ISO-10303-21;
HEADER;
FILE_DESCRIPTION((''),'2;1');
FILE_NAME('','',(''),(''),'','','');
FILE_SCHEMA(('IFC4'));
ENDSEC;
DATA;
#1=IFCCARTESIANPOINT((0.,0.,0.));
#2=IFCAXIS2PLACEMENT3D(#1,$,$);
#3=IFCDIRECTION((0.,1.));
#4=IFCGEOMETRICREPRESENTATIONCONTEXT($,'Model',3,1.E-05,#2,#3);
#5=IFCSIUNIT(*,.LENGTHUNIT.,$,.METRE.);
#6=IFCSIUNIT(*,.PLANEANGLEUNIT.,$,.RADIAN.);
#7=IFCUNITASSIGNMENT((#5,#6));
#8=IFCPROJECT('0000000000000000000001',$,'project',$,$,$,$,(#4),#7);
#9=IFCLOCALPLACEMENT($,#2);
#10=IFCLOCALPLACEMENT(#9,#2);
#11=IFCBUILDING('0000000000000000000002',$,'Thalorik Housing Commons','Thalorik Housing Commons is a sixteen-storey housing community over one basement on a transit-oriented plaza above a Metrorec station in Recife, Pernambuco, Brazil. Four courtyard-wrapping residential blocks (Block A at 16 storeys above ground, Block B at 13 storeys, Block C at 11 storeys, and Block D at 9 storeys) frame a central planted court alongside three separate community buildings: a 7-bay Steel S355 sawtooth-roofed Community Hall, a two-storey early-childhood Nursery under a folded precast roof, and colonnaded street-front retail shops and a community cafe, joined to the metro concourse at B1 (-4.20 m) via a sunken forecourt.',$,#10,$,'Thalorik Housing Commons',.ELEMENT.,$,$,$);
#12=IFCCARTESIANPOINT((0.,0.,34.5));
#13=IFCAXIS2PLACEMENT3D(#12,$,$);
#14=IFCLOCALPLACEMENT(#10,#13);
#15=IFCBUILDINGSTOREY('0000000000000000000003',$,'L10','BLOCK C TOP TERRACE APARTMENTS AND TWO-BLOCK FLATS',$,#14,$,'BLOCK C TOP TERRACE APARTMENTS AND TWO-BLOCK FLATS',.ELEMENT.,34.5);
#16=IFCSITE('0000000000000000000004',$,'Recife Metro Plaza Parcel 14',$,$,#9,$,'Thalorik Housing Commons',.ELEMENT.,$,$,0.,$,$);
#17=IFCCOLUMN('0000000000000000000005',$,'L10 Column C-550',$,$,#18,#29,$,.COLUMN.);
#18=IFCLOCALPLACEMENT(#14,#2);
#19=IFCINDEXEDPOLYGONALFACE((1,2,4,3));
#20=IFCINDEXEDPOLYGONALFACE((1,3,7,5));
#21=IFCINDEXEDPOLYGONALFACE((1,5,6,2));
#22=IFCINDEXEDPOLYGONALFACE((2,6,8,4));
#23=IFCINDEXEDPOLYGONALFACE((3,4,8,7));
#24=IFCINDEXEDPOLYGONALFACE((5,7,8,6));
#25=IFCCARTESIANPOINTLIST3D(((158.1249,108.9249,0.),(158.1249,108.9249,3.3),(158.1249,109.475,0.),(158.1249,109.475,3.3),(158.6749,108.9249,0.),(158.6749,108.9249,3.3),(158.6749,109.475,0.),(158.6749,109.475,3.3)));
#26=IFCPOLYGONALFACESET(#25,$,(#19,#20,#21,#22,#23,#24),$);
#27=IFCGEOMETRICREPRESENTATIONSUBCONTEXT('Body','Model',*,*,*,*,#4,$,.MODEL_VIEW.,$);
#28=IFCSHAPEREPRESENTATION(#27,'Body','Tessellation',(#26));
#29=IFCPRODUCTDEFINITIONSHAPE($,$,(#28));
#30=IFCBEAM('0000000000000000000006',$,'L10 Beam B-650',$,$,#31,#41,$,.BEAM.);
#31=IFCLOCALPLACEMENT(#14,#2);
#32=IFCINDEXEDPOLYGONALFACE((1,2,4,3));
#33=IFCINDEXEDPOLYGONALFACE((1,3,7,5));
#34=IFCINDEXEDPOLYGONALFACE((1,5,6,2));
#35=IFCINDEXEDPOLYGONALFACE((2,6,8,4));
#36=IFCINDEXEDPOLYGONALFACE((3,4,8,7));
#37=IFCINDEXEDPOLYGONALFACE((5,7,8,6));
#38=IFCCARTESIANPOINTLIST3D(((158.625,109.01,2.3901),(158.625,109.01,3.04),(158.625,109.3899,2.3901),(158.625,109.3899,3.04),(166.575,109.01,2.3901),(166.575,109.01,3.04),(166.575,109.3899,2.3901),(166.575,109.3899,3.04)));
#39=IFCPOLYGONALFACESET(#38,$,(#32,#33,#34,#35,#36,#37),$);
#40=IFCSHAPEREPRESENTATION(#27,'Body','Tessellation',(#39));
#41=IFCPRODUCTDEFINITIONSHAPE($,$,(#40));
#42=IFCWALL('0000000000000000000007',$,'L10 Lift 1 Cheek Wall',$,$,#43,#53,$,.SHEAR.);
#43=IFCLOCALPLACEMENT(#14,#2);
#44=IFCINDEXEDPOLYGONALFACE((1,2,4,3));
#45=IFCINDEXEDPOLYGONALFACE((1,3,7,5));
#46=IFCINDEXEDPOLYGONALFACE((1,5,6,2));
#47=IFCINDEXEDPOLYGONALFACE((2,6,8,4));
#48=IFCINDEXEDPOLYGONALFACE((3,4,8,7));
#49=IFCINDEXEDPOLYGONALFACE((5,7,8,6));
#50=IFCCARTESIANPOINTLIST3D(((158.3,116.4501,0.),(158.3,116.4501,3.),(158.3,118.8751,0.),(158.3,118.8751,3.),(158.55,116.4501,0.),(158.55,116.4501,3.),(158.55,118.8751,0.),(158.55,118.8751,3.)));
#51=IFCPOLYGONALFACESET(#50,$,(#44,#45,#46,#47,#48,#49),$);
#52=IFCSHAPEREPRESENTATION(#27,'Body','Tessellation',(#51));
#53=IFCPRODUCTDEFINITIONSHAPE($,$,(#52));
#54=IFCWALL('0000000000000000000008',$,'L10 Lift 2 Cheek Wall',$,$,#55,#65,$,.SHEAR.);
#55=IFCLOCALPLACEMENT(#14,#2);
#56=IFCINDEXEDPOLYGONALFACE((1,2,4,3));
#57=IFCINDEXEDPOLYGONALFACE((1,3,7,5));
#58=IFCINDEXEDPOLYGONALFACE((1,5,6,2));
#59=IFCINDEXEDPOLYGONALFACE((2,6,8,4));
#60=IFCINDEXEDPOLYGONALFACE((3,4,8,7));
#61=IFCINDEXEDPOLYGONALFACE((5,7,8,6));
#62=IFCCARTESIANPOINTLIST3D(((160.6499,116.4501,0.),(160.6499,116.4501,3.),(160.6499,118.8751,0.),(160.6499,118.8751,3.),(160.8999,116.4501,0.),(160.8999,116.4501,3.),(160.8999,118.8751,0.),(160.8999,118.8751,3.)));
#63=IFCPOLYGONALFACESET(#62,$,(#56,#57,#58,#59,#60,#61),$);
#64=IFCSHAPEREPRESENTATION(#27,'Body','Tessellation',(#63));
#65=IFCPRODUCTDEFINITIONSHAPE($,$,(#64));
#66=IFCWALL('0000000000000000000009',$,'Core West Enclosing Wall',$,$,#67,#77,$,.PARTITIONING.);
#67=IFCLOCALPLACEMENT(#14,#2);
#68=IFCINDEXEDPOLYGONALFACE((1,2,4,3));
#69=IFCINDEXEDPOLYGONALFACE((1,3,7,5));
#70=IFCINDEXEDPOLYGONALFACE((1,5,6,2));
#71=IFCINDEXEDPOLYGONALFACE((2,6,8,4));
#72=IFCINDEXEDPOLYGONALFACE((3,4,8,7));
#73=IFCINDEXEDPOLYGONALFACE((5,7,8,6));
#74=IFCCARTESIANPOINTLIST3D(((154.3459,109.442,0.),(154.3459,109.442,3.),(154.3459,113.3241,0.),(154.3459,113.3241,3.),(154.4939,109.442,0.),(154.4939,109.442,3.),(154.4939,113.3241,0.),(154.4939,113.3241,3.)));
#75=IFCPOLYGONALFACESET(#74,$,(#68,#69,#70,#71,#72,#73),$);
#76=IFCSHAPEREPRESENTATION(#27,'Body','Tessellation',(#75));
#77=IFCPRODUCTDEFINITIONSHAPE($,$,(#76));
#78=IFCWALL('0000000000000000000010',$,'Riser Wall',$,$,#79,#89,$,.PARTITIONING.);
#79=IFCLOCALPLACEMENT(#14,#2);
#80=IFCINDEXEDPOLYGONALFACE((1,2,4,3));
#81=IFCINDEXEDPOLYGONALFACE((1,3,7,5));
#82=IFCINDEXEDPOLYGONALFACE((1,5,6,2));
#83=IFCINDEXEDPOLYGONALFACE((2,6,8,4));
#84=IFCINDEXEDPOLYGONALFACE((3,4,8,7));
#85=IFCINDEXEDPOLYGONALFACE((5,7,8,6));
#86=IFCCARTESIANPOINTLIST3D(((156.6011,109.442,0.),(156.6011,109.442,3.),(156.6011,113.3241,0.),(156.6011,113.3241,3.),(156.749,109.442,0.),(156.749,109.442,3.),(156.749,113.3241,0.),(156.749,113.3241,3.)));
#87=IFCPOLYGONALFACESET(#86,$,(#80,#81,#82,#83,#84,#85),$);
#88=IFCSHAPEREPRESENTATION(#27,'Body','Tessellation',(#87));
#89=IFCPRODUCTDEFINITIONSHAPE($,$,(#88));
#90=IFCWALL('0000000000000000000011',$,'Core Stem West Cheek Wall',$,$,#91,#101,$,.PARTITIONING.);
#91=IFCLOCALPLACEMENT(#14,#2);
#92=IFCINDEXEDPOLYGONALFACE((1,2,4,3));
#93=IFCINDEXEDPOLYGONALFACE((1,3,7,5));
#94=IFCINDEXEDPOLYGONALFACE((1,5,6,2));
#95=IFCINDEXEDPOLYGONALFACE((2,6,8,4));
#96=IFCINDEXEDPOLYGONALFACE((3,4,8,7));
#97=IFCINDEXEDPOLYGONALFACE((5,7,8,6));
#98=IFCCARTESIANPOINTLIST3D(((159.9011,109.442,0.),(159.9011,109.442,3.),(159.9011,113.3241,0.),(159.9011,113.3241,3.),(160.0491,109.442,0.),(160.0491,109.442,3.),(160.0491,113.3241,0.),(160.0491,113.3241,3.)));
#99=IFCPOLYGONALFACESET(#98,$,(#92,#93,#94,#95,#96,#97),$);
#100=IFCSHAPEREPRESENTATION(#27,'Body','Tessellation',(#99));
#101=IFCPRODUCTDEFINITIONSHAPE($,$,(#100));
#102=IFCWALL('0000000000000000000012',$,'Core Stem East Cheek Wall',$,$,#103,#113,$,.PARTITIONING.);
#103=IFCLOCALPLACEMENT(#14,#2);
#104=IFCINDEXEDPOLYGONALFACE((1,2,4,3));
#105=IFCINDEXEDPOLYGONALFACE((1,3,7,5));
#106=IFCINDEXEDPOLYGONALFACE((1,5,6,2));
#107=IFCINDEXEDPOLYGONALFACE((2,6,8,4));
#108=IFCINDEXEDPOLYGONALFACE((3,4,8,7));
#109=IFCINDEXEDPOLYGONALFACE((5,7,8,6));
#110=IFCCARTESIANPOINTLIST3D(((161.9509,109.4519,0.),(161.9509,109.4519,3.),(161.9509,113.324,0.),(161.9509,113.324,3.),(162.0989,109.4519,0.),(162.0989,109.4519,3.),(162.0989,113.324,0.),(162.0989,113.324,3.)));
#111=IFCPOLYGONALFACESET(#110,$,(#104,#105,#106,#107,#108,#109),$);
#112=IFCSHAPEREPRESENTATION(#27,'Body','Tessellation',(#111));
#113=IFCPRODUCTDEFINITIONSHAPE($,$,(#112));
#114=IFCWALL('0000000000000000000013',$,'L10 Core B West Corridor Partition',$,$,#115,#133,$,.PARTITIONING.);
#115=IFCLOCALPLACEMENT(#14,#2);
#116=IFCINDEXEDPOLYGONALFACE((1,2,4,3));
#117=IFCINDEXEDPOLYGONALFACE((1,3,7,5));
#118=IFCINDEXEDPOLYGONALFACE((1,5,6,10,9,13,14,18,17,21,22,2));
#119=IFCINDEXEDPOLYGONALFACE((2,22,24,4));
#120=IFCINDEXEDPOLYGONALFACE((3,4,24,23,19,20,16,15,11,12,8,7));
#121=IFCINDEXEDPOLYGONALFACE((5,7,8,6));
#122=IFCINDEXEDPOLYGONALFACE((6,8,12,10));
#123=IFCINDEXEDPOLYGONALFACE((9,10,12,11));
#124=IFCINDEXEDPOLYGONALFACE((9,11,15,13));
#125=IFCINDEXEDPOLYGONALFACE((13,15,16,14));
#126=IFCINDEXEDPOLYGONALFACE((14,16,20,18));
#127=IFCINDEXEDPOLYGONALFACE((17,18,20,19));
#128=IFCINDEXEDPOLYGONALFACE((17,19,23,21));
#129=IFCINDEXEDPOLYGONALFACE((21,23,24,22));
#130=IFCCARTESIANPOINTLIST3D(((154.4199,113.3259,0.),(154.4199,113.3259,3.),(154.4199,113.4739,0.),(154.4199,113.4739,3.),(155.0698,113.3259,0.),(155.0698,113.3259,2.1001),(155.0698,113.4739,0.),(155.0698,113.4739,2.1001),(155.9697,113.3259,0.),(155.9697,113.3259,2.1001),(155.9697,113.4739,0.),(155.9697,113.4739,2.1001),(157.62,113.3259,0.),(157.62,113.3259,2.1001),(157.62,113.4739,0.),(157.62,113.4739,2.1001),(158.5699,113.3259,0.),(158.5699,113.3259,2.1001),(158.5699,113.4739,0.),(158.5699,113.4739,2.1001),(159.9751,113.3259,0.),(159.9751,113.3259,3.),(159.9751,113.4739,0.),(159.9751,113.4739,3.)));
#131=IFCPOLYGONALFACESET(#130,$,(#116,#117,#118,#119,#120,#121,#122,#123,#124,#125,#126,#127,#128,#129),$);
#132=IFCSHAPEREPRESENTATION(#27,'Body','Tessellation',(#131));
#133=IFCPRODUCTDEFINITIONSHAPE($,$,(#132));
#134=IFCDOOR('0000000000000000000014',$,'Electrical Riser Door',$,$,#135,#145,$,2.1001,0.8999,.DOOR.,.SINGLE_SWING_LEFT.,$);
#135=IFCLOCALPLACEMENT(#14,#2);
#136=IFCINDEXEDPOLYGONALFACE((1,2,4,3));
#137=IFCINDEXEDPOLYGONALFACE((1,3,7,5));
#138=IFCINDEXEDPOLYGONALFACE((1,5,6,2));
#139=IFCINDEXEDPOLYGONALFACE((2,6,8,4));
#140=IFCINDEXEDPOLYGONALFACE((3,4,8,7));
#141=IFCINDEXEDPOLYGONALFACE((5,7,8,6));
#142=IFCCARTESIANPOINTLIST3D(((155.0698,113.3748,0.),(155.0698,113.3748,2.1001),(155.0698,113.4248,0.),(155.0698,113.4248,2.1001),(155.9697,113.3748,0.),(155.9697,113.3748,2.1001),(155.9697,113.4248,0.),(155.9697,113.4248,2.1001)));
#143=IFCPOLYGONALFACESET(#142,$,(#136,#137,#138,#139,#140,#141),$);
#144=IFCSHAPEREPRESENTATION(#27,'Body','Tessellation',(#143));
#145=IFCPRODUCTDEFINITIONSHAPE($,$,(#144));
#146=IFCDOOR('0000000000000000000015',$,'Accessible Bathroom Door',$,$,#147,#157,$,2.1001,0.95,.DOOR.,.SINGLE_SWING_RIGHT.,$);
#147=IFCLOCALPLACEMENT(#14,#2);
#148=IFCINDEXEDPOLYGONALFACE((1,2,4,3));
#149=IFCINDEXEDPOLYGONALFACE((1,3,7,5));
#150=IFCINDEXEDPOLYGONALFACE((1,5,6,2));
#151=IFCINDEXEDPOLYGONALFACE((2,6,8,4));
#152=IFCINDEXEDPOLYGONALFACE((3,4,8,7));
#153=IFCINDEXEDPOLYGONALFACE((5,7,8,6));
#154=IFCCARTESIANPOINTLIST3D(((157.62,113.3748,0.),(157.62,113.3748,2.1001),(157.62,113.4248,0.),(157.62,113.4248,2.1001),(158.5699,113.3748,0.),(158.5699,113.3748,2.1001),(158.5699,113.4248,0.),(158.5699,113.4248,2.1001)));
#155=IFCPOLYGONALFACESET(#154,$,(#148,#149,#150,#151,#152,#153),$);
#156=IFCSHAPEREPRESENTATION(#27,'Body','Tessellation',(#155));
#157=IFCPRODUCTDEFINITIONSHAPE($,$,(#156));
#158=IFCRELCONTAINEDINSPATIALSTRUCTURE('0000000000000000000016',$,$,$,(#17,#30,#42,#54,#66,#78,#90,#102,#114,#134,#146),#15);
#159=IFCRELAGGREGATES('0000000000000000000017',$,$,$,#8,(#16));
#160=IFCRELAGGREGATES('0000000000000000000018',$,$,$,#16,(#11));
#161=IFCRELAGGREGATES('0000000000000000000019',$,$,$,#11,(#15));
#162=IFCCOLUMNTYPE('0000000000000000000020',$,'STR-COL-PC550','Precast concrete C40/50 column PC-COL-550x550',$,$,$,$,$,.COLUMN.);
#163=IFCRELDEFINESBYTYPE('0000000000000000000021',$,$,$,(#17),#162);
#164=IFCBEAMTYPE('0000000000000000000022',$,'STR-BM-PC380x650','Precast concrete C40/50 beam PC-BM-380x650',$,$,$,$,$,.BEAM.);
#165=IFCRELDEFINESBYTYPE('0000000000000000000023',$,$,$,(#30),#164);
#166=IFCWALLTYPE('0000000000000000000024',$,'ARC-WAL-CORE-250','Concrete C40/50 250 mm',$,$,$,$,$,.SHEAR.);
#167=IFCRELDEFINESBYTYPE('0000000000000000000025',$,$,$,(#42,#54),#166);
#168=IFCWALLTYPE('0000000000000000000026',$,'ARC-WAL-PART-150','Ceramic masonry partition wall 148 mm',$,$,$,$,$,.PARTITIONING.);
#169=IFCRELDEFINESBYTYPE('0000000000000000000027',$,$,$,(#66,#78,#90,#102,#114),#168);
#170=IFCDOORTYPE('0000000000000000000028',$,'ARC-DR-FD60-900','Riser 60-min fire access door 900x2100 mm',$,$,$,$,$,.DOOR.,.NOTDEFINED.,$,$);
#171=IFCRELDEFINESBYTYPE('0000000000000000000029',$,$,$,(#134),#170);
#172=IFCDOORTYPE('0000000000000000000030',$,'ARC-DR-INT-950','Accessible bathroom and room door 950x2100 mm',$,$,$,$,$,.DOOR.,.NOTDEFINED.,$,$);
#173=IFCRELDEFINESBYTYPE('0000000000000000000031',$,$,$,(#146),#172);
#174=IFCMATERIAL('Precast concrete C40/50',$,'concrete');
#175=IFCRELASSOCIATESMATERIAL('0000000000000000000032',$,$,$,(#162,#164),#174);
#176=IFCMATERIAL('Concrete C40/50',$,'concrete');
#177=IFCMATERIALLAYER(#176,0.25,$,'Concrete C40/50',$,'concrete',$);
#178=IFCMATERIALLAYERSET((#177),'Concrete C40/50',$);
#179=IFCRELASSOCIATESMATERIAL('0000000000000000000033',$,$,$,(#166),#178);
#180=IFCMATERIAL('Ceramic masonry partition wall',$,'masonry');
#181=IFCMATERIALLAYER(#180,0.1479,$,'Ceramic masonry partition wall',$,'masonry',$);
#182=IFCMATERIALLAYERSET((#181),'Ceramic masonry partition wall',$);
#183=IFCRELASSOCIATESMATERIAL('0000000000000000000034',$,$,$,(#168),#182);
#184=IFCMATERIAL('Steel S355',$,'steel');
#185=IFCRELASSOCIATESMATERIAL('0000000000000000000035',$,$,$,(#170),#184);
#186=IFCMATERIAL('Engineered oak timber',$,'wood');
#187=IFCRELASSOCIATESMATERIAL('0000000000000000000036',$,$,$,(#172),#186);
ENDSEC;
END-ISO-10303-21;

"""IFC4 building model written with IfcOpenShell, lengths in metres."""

from ifc_helpers import new_model, si_unit, direction, frame, frame_2d, origin, origin_2d, place, context, subcontext, project, spatial, rectangle, extrude, material, layer, layer_set, material_profile, profile_set, type_object, element, fill, save


model = new_model("IFC4")

# Units and contexts
model_context = context("Model", 3, precision=1e-05, world=origin(), true_north=direction((0.0, 1.0)))
body_context = subcontext(model_context, "Body", "Model", "MODEL_VIEW")
ifc_project = project(units=[si_unit("LENGTHUNIT", "METRE"), si_unit("PLANEANGLEUNIT", "RADIAN")], contexts=[model_context])

# Site, building, storey
site_placement = place(None, origin())
site = spatial("IfcSite", under=ifc_project, at=site_placement, Name="Recife Metro Plaza Parcel 14", LongName="Thalorik Housing Commons", CompositionType="ELEMENT", RefElevation=0.0)
building_placement = place(site_placement, origin())
building = spatial("IfcBuilding", under=site, at=building_placement, Name="Thalorik Housing Commons", Description="Thalorik Housing Commons is a sixteen-storey housing community over one basement on a transit-oriented plaza above a Metrorec station in Recife, Pernambuco, Brazil. Four courtyard-wrapping residential blocks (Block A at 16 storeys above ground, Block B at 13 storeys, Block C at 11 storeys, and Block D at 9 storeys) frame a central planted court alongside three separate community buildings: a 7-bay Steel S355 sawtooth-roofed Community Hall, a two-storey early-childhood Nursery under a folded precast roof, and colonnaded street-front retail shops and a community cafe, joined to the metro concourse at B1 (-4.20 m) via a sunken forecourt.", LongName="Thalorik Housing Commons", CompositionType="ELEMENT")
storey_placement = place(building_placement, frame((0.0, 0.0, 34.5)))
storey = spatial("IfcBuildingStorey", under=building, at=storey_placement, Name="L10", Description="BLOCK C TOP TERRACE APARTMENTS AND TWO-BLOCK FLATS", LongName="BLOCK C TOP TERRACE APARTMENTS AND TWO-BLOCK FLATS", CompositionType="ELEMENT", Elevation=34.5)

# Column
ifc_material_1 = material(Name="Precast concrete C40/50", Category="concrete")
ifc_material_profile_1 = material_profile(ifc_material_1, rectangle(XDim=0.55, YDim=0.55, at=origin_2d()), Name="PC 550x550", Category="concrete")
ifc_profile_set_1 = profile_set([ifc_material_profile_1], Name="Precast concrete C40/50")
column_type = type_object("IfcColumnType", Name="STR-COL-PC550", Description="Precast concrete C40/50 column PC-COL-550x550", PredefinedType="COLUMN", material=ifc_profile_set_1)
column_placement = place(storey_placement, frame((158.3999, 109.2, 0.0), z_axis=(0.0, 0.0, 1.0), x_axis=(1.0, 0.0, 0.0)))
element("IfcColumn", 1, at=column_placement, inside=storey, type_object=column_type, Name="L10 Column C-550", PredefinedType="COLUMN", context=body_context, shape_type="SweptSolid", body=[
    extrude(rectangle(XDim=0.55, YDim=0.55, at=origin_2d()), origin(), (0.0, 0.0, 1.0), 3.3),
])

# Beam
ifc_material_profile_2 = material_profile(ifc_material_1, rectangle(XDim=0.3799, YDim=0.6499, at=origin_2d()), Name="PC 380x650", Category="concrete")
ifc_profile_set_2 = profile_set([ifc_material_profile_2], Name="Precast concrete C40/50")
beam_type = type_object("IfcBeamType", Name="STR-BM-PC380x650", Description="Precast concrete C40/50 beam PC-BM-380x650", PredefinedType="BEAM", material=ifc_profile_set_2)
beam_placement = place(storey_placement, frame((158.625, 109.2, 2.7151), z_axis=(1.0, 0.0, 0.0), x_axis=(0.0, 1.0, 0.0)))
element("IfcBeam", 2, at=beam_placement, inside=storey, type_object=beam_type, Name="L10 Beam B-650", PredefinedType="BEAM", context=body_context, shape_type="SweptSolid", body=[
    extrude(rectangle(XDim=0.3799, YDim=0.6499, at=origin_2d()), origin(), (0.0, 0.0, 1.0), 7.95),
])

# Shared definitions
ifc_material_2 = material(Name="Concrete C40/50", Category="concrete")
ifc_layer_1 = layer(ifc_material_2, 0.25, Name="Concrete C40/50", Category="concrete")
ifc_layer_set_1 = layer_set([ifc_layer_1], Name="Concrete C40/50")
wall_type_1 = type_object("IfcWallType", Name="ARC-WAL-CORE-250", Description="Concrete C40/50 250 mm", PredefinedType="SHEAR", material=ifc_layer_set_1)
ifc_material_3 = material(Name="Steel S355", Category="steel")

# Walls
for number, where, z_axis, x_axis, name in (
    (3, (158.425, 118.875, 0.0), (0.0, 0.0, 1.0), (0.0, -1.0, 0.0), "L10 Lift 1 Cheek Wall"),
    (4, (160.7749, 118.875, 0.0), (0.0, 0.0, 1.0), (0.0, -1.0, 0.0), "L10 Lift 2 Cheek Wall"),
):
    element("IfcWall", number, at=place(storey_placement, frame(where, z_axis=z_axis, x_axis=x_axis)), inside=storey, type_object=wall_type_1, Name=name, PredefinedType="SHEAR", context=body_context, shape_type="SweptSolid", body=[
        extrude(rectangle(XDim=2.425, YDim=0.25, at=frame_2d((1.2124, 0.0))), origin(), (0.0, 0.0, 1.0), 3.0),
    ])
ifc_material_4 = material(Name="Ceramic masonry partition wall", Category="masonry")
ifc_layer_2 = layer(ifc_material_4, 0.1479, Name="Ceramic masonry partition wall", Category="masonry")
ifc_layer_set_2 = layer_set([ifc_layer_2], Name="Ceramic masonry partition wall")
wall_type_2 = type_object("IfcWallType", Name="ARC-WAL-PART-150", Description="Ceramic masonry partition wall 148 mm", PredefinedType="PARTITIONING", material=ifc_layer_set_2)
for number, where, z_axis, x_axis, name in (
    (5, (154.4199, 113.324, 0.0), (0.0, 0.0, 1.0), (0.0, -1.0, 0.0), "Core West Enclosing Wall"),
    (6, (156.675, 113.324, 0.0), (0.0, 0.0, 1.0), (0.0, -1.0, 0.0), "Riser Wall"),
    (7, (159.9751, 113.324, 0.0), (0.0, 0.0, 1.0), (0.0, -1.0, 0.0), "Core Stem West Cheek Wall"),
):
    element("IfcWall", number, at=place(storey_placement, frame(where, z_axis=z_axis, x_axis=x_axis)), inside=storey, type_object=wall_type_2, Name=name, PredefinedType="PARTITIONING", context=body_context, shape_type="SweptSolid", body=[
        extrude(rectangle(XDim=3.8821, YDim=0.1479, at=frame_2d((1.9409, 0.0))), origin(), (0.0, 0.0, 1.0), 3.0),
    ])
wall_1_placement = place(storey_placement, frame((162.0249, 113.324, 0.0), z_axis=(0.0, 0.0, 1.0), x_axis=(0.0, -1.0, 0.0)))
element("IfcWall", 8, at=wall_1_placement, inside=storey, type_object=wall_type_2, Name="Core Stem East Cheek Wall", PredefinedType="PARTITIONING", context=body_context, shape_type="SweptSolid", body=[
    extrude(rectangle(XDim=3.8721, YDim=0.1479, at=frame_2d((1.936, 0.0))), origin(), (0.0, 0.0, 1.0), 3.0),
])

# Wall, openings, doors
wall_2_placement = place(storey_placement, frame((154.4199, 113.3999, 0.0), z_axis=(0.0, 0.0, 1.0), x_axis=(1.0, 0.0, 0.0)))
wall_2 = element("IfcWall", 9, at=wall_2_placement, inside=storey, type_object=wall_type_2, Name="L10 Core B West Corridor Partition", PredefinedType="PARTITIONING", context=body_context, shape_type="SweptSolid", body=[
    extrude(rectangle(XDim=5.5552, YDim=0.1479, at=frame_2d((2.7776, 0.0))), origin(), (0.0, 0.0, 1.0), 3.0),
])
opening_1_placement = place(wall_2_placement, frame((0.6499, 0.0, 0.0)))
opening_1 = element("IfcOpeningElement", 10, at=opening_1_placement, cuts=wall_2, PredefinedType="OPENING", context=body_context, shape_type="SweptSolid", body=[
    extrude(rectangle(XDim=0.8999, YDim=2.1001, at=frame_2d((0.45, 1.05))), frame((0.0, 0.084, 0.0), z_axis=(0.0, -1.0, 0.0), x_axis=(1.0, 0.0, 0.0)), (0.0, 0.0, 1.0), 0.168),
])
opening_2_placement = place(wall_2_placement, frame((3.2, 0.0, 0.0)))
opening_2 = element("IfcOpeningElement", 11, at=opening_2_placement, cuts=wall_2, PredefinedType="OPENING", context=body_context, shape_type="SweptSolid", body=[
    extrude(rectangle(XDim=0.95, YDim=2.1001, at=frame_2d((0.4751, 1.05))), frame((0.0, 0.084, 0.0), z_axis=(0.0, -1.0, 0.0), x_axis=(1.0, 0.0, 0.0)), (0.0, 0.0, 1.0), 0.168),
])
door_type_1 = type_object("IfcDoorType", Name="ARC-DR-FD60-900", Description="Riser 60-min fire access door 900x2100 mm", OperationType="NOTDEFINED", PredefinedType="DOOR", material=ifc_material_3)
door_1_placement = place(opening_1_placement, origin())
door_1 = element("IfcDoor", 12, at=door_1_placement, inside=storey, type_object=door_type_1, Name="Electrical Riser Door", OperationType="SINGLE_SWING_LEFT", OverallHeight=2.1001, OverallWidth=0.8999, PredefinedType="DOOR", context=body_context, shape_type="SweptSolid", body=[
    extrude(rectangle(XDim=0.8999, YDim=2.1001, at=frame_2d((0.45, 1.05))), frame((0.0, 0.0249, 0.0), z_axis=(0.0, -1.0, 0.0), x_axis=(1.0, 0.0, 0.0)), (0.0, 0.0, 1.0), 0.05),
])
fill(opening_1, door_1)
ifc_material_5 = material(Name="Engineered oak timber", Category="wood")
door_type_2 = type_object("IfcDoorType", Name="ARC-DR-INT-950", Description="Accessible bathroom and room door 950x2100 mm", OperationType="NOTDEFINED", PredefinedType="DOOR", material=ifc_material_5)
door_2_placement = place(opening_2_placement, origin())
door_2 = element("IfcDoor", 13, at=door_2_placement, inside=storey, type_object=door_type_2, Name="Accessible Bathroom Door", OperationType="SINGLE_SWING_RIGHT", OverallHeight=2.1001, OverallWidth=0.95, PredefinedType="DOOR", context=body_context, shape_type="SweptSolid", body=[
    extrude(rectangle(XDim=0.95, YDim=2.1001, at=frame_2d((0.4751, 1.05))), frame((0.0, 0.0249, 0.0), z_axis=(0.0, -1.0, 0.0), x_axis=(1.0, 0.0, 0.0)), (0.0, 0.0, 1.0), 0.05),
])
fill(opening_2, door_2)

save(model, "model.ifc")
